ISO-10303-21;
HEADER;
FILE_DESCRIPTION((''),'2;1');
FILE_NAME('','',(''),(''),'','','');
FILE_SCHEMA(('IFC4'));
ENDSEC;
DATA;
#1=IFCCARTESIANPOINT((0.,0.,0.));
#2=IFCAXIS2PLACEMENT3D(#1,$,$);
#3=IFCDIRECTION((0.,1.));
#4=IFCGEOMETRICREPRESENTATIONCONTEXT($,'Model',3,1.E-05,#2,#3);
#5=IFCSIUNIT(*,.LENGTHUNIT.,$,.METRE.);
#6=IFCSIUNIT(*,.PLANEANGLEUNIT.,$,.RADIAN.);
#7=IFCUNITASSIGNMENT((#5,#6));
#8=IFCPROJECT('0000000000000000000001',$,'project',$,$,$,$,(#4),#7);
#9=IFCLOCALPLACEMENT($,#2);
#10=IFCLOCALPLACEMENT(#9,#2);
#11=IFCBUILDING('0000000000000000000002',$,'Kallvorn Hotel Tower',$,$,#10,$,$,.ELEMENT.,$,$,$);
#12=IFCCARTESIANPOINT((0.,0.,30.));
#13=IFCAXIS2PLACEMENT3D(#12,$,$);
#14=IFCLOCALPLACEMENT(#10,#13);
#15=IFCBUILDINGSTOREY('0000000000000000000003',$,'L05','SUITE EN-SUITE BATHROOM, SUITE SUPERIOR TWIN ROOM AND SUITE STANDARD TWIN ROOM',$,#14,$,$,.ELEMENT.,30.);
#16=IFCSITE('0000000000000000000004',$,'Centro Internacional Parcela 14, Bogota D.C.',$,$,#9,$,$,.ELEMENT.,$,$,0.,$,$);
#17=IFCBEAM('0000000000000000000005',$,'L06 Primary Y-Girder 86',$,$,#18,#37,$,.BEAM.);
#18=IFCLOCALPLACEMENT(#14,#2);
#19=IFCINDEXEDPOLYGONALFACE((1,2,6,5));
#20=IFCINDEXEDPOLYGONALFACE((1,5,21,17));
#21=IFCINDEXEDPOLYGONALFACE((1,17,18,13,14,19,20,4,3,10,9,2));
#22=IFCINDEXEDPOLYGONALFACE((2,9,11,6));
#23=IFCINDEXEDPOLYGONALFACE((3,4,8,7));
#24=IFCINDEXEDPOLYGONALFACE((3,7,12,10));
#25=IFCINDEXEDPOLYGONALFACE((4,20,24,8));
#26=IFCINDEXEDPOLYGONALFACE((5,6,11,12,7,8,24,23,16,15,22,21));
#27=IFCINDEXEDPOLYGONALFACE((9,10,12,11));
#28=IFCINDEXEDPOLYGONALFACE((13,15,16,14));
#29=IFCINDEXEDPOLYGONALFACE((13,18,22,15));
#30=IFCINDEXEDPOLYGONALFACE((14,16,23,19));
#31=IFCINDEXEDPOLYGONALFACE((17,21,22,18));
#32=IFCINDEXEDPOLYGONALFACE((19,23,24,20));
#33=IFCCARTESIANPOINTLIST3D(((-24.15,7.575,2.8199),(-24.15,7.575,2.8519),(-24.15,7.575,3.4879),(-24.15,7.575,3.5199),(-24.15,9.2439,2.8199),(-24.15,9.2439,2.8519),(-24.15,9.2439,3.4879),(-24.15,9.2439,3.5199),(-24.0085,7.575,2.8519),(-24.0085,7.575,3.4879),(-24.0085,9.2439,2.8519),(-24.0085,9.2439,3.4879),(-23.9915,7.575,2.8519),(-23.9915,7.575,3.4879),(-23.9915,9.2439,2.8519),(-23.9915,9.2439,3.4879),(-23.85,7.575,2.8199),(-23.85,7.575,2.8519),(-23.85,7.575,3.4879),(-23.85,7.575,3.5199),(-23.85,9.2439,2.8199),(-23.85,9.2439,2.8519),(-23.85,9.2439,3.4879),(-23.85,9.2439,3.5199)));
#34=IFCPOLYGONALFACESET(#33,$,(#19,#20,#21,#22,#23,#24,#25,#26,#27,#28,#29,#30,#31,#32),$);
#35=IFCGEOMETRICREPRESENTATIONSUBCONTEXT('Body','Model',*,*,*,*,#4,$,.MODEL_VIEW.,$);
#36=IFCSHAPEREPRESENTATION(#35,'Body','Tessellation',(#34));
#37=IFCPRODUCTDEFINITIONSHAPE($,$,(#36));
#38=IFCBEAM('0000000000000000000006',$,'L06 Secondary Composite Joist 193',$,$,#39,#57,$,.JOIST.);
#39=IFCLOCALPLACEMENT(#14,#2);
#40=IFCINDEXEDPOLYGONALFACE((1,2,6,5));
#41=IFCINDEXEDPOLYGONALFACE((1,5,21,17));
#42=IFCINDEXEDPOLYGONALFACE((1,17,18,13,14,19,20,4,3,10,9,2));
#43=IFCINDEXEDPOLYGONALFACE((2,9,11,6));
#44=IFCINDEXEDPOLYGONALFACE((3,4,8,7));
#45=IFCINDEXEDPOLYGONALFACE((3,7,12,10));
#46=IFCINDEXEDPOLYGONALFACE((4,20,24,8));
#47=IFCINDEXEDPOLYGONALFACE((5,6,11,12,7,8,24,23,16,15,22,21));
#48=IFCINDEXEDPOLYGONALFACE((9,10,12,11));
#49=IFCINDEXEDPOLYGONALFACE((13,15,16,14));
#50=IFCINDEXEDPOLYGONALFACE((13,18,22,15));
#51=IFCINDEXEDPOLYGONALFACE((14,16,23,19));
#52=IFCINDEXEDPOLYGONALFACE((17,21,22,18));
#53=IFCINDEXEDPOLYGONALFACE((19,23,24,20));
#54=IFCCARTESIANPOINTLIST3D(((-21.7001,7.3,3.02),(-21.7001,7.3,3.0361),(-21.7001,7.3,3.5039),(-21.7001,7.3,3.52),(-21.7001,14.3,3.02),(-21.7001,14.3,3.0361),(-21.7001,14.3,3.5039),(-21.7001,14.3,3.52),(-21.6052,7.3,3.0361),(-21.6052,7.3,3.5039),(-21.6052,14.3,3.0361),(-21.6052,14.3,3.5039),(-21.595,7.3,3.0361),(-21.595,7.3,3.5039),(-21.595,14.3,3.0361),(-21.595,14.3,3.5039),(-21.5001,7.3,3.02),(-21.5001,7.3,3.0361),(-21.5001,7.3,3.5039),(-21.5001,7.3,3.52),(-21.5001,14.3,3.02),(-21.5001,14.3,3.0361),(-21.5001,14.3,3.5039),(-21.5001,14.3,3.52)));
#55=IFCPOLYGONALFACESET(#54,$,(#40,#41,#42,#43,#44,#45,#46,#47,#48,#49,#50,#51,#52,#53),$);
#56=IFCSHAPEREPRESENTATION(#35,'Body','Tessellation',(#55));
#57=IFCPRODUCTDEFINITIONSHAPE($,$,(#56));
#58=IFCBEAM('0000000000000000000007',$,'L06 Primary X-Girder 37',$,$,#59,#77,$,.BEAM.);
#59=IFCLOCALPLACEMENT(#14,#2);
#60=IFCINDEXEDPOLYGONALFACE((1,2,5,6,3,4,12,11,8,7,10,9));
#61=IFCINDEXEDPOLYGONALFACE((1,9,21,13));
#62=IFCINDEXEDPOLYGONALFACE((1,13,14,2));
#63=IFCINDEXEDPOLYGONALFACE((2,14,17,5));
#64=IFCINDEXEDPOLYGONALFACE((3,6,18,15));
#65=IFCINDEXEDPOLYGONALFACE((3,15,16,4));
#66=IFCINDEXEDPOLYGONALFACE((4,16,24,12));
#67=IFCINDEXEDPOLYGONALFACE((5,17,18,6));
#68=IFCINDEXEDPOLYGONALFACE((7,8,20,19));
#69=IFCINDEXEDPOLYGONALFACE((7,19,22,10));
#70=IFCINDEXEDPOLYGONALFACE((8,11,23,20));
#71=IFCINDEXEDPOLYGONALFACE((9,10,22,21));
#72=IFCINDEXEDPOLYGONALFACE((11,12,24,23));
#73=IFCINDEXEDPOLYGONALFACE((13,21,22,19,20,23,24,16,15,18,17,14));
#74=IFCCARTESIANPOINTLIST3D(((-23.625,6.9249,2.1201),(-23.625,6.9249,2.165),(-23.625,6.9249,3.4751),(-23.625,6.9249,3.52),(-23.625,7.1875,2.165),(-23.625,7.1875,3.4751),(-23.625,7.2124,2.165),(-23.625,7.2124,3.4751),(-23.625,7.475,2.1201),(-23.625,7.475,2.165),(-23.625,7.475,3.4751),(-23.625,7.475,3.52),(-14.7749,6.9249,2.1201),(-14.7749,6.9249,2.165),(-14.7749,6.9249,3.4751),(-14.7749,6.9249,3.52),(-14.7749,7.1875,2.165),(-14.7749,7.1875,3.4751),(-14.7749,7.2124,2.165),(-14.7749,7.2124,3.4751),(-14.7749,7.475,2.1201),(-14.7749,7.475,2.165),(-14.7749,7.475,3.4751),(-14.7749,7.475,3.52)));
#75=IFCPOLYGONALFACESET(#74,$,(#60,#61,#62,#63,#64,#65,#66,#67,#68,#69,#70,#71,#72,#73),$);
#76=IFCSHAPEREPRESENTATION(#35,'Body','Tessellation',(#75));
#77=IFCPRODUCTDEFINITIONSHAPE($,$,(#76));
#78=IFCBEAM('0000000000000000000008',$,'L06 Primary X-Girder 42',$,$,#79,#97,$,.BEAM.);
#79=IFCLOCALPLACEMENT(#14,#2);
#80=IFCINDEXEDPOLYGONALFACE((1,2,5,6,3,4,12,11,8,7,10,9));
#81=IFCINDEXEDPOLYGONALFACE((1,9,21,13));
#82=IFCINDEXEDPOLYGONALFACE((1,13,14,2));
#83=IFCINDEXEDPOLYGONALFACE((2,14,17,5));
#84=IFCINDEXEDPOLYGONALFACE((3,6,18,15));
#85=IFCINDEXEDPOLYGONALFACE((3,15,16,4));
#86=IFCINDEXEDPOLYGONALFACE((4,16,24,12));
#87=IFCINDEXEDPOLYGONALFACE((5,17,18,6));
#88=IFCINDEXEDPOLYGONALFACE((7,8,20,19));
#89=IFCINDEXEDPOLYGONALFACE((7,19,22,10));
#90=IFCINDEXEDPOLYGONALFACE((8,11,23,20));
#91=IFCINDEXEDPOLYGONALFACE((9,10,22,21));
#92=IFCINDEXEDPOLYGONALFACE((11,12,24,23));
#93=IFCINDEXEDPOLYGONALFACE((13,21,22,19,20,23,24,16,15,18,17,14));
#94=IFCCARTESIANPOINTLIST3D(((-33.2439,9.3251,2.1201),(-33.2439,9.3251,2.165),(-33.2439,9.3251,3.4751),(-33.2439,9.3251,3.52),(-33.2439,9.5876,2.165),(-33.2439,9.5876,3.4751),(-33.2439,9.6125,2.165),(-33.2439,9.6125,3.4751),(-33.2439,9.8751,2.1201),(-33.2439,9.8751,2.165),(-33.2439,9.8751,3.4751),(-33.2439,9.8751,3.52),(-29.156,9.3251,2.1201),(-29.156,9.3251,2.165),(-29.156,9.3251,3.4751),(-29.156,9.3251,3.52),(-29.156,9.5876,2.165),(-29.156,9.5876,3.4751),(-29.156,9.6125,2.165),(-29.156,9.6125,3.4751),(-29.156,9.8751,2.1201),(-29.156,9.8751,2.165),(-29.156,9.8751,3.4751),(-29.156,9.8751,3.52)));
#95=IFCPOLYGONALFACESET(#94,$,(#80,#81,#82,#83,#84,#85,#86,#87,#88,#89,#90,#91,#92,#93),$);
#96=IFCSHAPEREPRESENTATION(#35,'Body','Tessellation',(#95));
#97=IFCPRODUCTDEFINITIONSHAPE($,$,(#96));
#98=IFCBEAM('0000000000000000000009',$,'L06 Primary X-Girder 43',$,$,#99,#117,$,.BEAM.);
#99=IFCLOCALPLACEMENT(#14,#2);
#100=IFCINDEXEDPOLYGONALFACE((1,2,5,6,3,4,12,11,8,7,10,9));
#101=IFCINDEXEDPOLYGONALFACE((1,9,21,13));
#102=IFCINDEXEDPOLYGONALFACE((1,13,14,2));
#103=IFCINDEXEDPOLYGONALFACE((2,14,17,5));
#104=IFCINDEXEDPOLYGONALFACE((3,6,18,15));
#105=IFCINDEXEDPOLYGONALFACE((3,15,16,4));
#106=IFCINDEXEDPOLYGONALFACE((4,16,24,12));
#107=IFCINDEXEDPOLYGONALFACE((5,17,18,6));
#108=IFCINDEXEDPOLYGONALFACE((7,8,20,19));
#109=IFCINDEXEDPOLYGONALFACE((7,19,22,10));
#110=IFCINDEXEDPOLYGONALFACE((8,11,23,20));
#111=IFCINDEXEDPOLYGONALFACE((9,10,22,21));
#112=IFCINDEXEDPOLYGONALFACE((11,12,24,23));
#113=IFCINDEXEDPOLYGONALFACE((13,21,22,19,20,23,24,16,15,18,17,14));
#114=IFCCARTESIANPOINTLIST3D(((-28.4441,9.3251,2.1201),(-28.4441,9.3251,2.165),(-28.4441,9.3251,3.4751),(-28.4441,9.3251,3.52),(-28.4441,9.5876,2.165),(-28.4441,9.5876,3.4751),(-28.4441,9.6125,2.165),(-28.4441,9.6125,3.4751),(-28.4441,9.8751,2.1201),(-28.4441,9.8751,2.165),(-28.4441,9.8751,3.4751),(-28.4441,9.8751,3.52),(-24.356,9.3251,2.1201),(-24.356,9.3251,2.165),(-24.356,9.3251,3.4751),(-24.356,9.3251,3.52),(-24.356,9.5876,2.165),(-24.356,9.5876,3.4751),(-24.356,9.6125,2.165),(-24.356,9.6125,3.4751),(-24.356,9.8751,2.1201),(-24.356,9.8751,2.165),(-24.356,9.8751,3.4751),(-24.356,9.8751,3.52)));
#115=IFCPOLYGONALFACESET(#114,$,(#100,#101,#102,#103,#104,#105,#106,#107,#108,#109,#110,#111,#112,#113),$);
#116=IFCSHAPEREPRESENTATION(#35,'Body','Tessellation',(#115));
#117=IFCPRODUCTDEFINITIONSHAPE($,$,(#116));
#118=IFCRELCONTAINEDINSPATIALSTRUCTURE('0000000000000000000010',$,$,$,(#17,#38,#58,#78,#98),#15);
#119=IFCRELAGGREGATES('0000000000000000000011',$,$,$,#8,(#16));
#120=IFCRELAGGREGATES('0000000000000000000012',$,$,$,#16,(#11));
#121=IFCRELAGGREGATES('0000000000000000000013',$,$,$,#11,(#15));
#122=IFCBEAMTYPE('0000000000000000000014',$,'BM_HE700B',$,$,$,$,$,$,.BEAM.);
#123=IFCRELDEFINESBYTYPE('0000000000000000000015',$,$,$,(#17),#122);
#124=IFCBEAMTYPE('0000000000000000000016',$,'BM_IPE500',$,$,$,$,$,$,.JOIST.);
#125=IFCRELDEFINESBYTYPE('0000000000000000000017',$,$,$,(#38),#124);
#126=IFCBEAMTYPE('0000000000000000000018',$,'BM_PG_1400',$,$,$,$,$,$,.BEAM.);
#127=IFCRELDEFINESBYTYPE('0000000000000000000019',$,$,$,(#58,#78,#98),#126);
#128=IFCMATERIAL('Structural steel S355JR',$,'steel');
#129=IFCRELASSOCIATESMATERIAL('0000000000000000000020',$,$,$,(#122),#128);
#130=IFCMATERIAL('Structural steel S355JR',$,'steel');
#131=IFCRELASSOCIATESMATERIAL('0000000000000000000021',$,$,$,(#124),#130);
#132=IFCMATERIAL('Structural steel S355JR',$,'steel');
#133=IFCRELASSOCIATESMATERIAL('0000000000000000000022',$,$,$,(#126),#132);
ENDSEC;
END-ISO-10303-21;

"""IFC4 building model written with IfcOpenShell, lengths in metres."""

from ifc_helpers import new_model, si_unit, direction, frame, origin, origin_2d, place, context, subcontext, project, spatial, i_section, extrude, material, material_profile, profile_set, type_object, element, save


model = new_model("IFC4")

# Units and contexts
model_context = context("Model", 3, precision=1e-05, world=origin(), true_north=direction((0.0, 1.0)))
body_context = subcontext(model_context, "Body", "Model", "MODEL_VIEW")
ifc_project = project(units=[si_unit("LENGTHUNIT", "METRE"), si_unit("PLANEANGLEUNIT", "RADIAN")], contexts=[model_context])

# Site, building, storey
site_placement = place(None, origin())
site = spatial("IfcSite", under=ifc_project, at=site_placement, Name="Centro Internacional Parcela 14, Bogota D.C.", CompositionType="ELEMENT", RefElevation=0.0)
building_placement = place(site_placement, origin())
building = spatial("IfcBuilding", under=site, at=building_placement, Name="Kallvorn Hotel Tower", CompositionType="ELEMENT")
storey_placement = place(building_placement, frame((0.0, 0.0, 30.0)))
storey = spatial("IfcBuildingStorey", under=building, at=storey_placement, Name="L05", Description="SUITE EN-SUITE BATHROOM, SUITE SUPERIOR TWIN ROOM AND SUITE STANDARD TWIN ROOM", CompositionType="ELEMENT", Elevation=30.0)

# Beams
ifc_material_1 = material(Name="Structural steel S355JR", Category="steel")
ifc_material_profile_1 = material_profile(ifc_material_1, i_section(OverallWidth=0.3, OverallDepth=0.7, WebThickness=0.0171, FlangeThickness=0.032, at=origin_2d()), Name="HE 700 B")
ifc_profile_set_1 = profile_set([ifc_material_profile_1], Name="Structural steel S355JR")
beam_type_1 = type_object("IfcBeamType", Name="BM_HE700B", PredefinedType="BEAM", material=ifc_profile_set_1)
beam_1_placement = place(storey_placement, frame((-24.0, 7.575, 3.1699), z_axis=(0.0, 1.0, 0.0), x_axis=(-1.0, 0.0, 0.0)))
element("IfcBeam", 1, at=beam_1_placement, inside=storey, type_object=beam_type_1, Name="L06 Primary Y-Girder 86", PredefinedType="BEAM", context=body_context, shape_type="SweptSolid", body=[
    extrude(i_section(OverallWidth=0.3, OverallDepth=0.7, WebThickness=0.0171, FlangeThickness=0.032, at=origin_2d()), origin(), (0.0, 0.0, 1.0), 1.6689),
])
ifc_material_2 = material(Name="Structural steel S355JR", Category="steel")
ifc_material_profile_2 = material_profile(ifc_material_2, i_section(OverallWidth=0.2, OverallDepth=0.5, WebThickness=0.0103, FlangeThickness=0.0161, at=origin_2d()), Name="IPE 500")
ifc_profile_set_2 = profile_set([ifc_material_profile_2], Name="Structural steel S355JR")
beam_type_2 = type_object("IfcBeamType", Name="BM_IPE500", PredefinedType="JOIST", material=ifc_profile_set_2)
beam_2_placement = place(storey_placement, frame((-21.6001, 7.3, 3.27), z_axis=(0.0, 1.0, 0.0), x_axis=(-1.0, 0.0, 0.0)))
element("IfcBeam", 2, at=beam_2_placement, inside=storey, type_object=beam_type_2, Name="L06 Secondary Composite Joist 193", PredefinedType="JOIST", context=body_context, shape_type="SweptSolid", body=[
    extrude(i_section(OverallWidth=0.2, OverallDepth=0.5, WebThickness=0.0103, FlangeThickness=0.0161, at=origin_2d()), origin(), (0.0, 0.0, 1.0), 7.0),
])
ifc_material_3 = material(Name="Structural steel S355JR", Category="steel")
ifc_material_profile_3 = material_profile(ifc_material_3, i_section(OverallWidth=0.55, OverallDepth=1.3999, WebThickness=0.0249, FlangeThickness=0.0449, at=origin_2d()), Name="PG 1400x550x25x45")
ifc_profile_set_3 = profile_set([ifc_material_profile_3], Name="Structural steel S355JR")
beam_type_3 = type_object("IfcBeamType", Name="BM_PG_1400", PredefinedType="BEAM", material=ifc_profile_set_3)
beam_3_placement = place(storey_placement, frame((-23.625, 7.2, 2.8201), z_axis=(1.0, 0.0, 0.0), x_axis=(0.0, 1.0, 0.0)))
element("IfcBeam", 3, at=beam_3_placement, inside=storey, type_object=beam_type_3, Name="L06 Primary X-Girder 37", PredefinedType="BEAM", context=body_context, shape_type="SweptSolid", body=[
    extrude(i_section(OverallWidth=0.55, OverallDepth=1.3999, WebThickness=0.0249, FlangeThickness=0.0449, at=origin_2d()), origin(), (0.0, 0.0, 1.0), 8.8501),
])
beam_4_placement = place(storey_placement, frame((-33.2439, 9.6001, 2.8201), z_axis=(1.0, 0.0, 0.0), x_axis=(0.0, 1.0, 0.0)))
element("IfcBeam", 4, at=beam_4_placement, inside=storey, type_object=beam_type_3, Name="L06 Primary X-Girder 42", PredefinedType="BEAM", context=body_context, shape_type="SweptSolid", body=[
    extrude(i_section(OverallWidth=0.55, OverallDepth=1.3999, WebThickness=0.0249, FlangeThickness=0.0449, at=origin_2d()), origin(), (0.0, 0.0, 1.0), 4.0879),
])
beam_5_placement = place(storey_placement, frame((-28.4441, 9.6001, 2.8201), z_axis=(1.0, 0.0, 0.0), x_axis=(0.0, 1.0, 0.0)))
element("IfcBeam", 5, at=beam_5_placement, inside=storey, type_object=beam_type_3, Name="L06 Primary X-Girder 43", PredefinedType="BEAM", context=body_context, shape_type="SweptSolid", body=[
    extrude(i_section(OverallWidth=0.55, OverallDepth=1.3999, WebThickness=0.0249, FlangeThickness=0.0449, at=origin_2d()), origin(), (0.0, 0.0, 1.0), 4.0881),
])

save(model, "model.ifc")
